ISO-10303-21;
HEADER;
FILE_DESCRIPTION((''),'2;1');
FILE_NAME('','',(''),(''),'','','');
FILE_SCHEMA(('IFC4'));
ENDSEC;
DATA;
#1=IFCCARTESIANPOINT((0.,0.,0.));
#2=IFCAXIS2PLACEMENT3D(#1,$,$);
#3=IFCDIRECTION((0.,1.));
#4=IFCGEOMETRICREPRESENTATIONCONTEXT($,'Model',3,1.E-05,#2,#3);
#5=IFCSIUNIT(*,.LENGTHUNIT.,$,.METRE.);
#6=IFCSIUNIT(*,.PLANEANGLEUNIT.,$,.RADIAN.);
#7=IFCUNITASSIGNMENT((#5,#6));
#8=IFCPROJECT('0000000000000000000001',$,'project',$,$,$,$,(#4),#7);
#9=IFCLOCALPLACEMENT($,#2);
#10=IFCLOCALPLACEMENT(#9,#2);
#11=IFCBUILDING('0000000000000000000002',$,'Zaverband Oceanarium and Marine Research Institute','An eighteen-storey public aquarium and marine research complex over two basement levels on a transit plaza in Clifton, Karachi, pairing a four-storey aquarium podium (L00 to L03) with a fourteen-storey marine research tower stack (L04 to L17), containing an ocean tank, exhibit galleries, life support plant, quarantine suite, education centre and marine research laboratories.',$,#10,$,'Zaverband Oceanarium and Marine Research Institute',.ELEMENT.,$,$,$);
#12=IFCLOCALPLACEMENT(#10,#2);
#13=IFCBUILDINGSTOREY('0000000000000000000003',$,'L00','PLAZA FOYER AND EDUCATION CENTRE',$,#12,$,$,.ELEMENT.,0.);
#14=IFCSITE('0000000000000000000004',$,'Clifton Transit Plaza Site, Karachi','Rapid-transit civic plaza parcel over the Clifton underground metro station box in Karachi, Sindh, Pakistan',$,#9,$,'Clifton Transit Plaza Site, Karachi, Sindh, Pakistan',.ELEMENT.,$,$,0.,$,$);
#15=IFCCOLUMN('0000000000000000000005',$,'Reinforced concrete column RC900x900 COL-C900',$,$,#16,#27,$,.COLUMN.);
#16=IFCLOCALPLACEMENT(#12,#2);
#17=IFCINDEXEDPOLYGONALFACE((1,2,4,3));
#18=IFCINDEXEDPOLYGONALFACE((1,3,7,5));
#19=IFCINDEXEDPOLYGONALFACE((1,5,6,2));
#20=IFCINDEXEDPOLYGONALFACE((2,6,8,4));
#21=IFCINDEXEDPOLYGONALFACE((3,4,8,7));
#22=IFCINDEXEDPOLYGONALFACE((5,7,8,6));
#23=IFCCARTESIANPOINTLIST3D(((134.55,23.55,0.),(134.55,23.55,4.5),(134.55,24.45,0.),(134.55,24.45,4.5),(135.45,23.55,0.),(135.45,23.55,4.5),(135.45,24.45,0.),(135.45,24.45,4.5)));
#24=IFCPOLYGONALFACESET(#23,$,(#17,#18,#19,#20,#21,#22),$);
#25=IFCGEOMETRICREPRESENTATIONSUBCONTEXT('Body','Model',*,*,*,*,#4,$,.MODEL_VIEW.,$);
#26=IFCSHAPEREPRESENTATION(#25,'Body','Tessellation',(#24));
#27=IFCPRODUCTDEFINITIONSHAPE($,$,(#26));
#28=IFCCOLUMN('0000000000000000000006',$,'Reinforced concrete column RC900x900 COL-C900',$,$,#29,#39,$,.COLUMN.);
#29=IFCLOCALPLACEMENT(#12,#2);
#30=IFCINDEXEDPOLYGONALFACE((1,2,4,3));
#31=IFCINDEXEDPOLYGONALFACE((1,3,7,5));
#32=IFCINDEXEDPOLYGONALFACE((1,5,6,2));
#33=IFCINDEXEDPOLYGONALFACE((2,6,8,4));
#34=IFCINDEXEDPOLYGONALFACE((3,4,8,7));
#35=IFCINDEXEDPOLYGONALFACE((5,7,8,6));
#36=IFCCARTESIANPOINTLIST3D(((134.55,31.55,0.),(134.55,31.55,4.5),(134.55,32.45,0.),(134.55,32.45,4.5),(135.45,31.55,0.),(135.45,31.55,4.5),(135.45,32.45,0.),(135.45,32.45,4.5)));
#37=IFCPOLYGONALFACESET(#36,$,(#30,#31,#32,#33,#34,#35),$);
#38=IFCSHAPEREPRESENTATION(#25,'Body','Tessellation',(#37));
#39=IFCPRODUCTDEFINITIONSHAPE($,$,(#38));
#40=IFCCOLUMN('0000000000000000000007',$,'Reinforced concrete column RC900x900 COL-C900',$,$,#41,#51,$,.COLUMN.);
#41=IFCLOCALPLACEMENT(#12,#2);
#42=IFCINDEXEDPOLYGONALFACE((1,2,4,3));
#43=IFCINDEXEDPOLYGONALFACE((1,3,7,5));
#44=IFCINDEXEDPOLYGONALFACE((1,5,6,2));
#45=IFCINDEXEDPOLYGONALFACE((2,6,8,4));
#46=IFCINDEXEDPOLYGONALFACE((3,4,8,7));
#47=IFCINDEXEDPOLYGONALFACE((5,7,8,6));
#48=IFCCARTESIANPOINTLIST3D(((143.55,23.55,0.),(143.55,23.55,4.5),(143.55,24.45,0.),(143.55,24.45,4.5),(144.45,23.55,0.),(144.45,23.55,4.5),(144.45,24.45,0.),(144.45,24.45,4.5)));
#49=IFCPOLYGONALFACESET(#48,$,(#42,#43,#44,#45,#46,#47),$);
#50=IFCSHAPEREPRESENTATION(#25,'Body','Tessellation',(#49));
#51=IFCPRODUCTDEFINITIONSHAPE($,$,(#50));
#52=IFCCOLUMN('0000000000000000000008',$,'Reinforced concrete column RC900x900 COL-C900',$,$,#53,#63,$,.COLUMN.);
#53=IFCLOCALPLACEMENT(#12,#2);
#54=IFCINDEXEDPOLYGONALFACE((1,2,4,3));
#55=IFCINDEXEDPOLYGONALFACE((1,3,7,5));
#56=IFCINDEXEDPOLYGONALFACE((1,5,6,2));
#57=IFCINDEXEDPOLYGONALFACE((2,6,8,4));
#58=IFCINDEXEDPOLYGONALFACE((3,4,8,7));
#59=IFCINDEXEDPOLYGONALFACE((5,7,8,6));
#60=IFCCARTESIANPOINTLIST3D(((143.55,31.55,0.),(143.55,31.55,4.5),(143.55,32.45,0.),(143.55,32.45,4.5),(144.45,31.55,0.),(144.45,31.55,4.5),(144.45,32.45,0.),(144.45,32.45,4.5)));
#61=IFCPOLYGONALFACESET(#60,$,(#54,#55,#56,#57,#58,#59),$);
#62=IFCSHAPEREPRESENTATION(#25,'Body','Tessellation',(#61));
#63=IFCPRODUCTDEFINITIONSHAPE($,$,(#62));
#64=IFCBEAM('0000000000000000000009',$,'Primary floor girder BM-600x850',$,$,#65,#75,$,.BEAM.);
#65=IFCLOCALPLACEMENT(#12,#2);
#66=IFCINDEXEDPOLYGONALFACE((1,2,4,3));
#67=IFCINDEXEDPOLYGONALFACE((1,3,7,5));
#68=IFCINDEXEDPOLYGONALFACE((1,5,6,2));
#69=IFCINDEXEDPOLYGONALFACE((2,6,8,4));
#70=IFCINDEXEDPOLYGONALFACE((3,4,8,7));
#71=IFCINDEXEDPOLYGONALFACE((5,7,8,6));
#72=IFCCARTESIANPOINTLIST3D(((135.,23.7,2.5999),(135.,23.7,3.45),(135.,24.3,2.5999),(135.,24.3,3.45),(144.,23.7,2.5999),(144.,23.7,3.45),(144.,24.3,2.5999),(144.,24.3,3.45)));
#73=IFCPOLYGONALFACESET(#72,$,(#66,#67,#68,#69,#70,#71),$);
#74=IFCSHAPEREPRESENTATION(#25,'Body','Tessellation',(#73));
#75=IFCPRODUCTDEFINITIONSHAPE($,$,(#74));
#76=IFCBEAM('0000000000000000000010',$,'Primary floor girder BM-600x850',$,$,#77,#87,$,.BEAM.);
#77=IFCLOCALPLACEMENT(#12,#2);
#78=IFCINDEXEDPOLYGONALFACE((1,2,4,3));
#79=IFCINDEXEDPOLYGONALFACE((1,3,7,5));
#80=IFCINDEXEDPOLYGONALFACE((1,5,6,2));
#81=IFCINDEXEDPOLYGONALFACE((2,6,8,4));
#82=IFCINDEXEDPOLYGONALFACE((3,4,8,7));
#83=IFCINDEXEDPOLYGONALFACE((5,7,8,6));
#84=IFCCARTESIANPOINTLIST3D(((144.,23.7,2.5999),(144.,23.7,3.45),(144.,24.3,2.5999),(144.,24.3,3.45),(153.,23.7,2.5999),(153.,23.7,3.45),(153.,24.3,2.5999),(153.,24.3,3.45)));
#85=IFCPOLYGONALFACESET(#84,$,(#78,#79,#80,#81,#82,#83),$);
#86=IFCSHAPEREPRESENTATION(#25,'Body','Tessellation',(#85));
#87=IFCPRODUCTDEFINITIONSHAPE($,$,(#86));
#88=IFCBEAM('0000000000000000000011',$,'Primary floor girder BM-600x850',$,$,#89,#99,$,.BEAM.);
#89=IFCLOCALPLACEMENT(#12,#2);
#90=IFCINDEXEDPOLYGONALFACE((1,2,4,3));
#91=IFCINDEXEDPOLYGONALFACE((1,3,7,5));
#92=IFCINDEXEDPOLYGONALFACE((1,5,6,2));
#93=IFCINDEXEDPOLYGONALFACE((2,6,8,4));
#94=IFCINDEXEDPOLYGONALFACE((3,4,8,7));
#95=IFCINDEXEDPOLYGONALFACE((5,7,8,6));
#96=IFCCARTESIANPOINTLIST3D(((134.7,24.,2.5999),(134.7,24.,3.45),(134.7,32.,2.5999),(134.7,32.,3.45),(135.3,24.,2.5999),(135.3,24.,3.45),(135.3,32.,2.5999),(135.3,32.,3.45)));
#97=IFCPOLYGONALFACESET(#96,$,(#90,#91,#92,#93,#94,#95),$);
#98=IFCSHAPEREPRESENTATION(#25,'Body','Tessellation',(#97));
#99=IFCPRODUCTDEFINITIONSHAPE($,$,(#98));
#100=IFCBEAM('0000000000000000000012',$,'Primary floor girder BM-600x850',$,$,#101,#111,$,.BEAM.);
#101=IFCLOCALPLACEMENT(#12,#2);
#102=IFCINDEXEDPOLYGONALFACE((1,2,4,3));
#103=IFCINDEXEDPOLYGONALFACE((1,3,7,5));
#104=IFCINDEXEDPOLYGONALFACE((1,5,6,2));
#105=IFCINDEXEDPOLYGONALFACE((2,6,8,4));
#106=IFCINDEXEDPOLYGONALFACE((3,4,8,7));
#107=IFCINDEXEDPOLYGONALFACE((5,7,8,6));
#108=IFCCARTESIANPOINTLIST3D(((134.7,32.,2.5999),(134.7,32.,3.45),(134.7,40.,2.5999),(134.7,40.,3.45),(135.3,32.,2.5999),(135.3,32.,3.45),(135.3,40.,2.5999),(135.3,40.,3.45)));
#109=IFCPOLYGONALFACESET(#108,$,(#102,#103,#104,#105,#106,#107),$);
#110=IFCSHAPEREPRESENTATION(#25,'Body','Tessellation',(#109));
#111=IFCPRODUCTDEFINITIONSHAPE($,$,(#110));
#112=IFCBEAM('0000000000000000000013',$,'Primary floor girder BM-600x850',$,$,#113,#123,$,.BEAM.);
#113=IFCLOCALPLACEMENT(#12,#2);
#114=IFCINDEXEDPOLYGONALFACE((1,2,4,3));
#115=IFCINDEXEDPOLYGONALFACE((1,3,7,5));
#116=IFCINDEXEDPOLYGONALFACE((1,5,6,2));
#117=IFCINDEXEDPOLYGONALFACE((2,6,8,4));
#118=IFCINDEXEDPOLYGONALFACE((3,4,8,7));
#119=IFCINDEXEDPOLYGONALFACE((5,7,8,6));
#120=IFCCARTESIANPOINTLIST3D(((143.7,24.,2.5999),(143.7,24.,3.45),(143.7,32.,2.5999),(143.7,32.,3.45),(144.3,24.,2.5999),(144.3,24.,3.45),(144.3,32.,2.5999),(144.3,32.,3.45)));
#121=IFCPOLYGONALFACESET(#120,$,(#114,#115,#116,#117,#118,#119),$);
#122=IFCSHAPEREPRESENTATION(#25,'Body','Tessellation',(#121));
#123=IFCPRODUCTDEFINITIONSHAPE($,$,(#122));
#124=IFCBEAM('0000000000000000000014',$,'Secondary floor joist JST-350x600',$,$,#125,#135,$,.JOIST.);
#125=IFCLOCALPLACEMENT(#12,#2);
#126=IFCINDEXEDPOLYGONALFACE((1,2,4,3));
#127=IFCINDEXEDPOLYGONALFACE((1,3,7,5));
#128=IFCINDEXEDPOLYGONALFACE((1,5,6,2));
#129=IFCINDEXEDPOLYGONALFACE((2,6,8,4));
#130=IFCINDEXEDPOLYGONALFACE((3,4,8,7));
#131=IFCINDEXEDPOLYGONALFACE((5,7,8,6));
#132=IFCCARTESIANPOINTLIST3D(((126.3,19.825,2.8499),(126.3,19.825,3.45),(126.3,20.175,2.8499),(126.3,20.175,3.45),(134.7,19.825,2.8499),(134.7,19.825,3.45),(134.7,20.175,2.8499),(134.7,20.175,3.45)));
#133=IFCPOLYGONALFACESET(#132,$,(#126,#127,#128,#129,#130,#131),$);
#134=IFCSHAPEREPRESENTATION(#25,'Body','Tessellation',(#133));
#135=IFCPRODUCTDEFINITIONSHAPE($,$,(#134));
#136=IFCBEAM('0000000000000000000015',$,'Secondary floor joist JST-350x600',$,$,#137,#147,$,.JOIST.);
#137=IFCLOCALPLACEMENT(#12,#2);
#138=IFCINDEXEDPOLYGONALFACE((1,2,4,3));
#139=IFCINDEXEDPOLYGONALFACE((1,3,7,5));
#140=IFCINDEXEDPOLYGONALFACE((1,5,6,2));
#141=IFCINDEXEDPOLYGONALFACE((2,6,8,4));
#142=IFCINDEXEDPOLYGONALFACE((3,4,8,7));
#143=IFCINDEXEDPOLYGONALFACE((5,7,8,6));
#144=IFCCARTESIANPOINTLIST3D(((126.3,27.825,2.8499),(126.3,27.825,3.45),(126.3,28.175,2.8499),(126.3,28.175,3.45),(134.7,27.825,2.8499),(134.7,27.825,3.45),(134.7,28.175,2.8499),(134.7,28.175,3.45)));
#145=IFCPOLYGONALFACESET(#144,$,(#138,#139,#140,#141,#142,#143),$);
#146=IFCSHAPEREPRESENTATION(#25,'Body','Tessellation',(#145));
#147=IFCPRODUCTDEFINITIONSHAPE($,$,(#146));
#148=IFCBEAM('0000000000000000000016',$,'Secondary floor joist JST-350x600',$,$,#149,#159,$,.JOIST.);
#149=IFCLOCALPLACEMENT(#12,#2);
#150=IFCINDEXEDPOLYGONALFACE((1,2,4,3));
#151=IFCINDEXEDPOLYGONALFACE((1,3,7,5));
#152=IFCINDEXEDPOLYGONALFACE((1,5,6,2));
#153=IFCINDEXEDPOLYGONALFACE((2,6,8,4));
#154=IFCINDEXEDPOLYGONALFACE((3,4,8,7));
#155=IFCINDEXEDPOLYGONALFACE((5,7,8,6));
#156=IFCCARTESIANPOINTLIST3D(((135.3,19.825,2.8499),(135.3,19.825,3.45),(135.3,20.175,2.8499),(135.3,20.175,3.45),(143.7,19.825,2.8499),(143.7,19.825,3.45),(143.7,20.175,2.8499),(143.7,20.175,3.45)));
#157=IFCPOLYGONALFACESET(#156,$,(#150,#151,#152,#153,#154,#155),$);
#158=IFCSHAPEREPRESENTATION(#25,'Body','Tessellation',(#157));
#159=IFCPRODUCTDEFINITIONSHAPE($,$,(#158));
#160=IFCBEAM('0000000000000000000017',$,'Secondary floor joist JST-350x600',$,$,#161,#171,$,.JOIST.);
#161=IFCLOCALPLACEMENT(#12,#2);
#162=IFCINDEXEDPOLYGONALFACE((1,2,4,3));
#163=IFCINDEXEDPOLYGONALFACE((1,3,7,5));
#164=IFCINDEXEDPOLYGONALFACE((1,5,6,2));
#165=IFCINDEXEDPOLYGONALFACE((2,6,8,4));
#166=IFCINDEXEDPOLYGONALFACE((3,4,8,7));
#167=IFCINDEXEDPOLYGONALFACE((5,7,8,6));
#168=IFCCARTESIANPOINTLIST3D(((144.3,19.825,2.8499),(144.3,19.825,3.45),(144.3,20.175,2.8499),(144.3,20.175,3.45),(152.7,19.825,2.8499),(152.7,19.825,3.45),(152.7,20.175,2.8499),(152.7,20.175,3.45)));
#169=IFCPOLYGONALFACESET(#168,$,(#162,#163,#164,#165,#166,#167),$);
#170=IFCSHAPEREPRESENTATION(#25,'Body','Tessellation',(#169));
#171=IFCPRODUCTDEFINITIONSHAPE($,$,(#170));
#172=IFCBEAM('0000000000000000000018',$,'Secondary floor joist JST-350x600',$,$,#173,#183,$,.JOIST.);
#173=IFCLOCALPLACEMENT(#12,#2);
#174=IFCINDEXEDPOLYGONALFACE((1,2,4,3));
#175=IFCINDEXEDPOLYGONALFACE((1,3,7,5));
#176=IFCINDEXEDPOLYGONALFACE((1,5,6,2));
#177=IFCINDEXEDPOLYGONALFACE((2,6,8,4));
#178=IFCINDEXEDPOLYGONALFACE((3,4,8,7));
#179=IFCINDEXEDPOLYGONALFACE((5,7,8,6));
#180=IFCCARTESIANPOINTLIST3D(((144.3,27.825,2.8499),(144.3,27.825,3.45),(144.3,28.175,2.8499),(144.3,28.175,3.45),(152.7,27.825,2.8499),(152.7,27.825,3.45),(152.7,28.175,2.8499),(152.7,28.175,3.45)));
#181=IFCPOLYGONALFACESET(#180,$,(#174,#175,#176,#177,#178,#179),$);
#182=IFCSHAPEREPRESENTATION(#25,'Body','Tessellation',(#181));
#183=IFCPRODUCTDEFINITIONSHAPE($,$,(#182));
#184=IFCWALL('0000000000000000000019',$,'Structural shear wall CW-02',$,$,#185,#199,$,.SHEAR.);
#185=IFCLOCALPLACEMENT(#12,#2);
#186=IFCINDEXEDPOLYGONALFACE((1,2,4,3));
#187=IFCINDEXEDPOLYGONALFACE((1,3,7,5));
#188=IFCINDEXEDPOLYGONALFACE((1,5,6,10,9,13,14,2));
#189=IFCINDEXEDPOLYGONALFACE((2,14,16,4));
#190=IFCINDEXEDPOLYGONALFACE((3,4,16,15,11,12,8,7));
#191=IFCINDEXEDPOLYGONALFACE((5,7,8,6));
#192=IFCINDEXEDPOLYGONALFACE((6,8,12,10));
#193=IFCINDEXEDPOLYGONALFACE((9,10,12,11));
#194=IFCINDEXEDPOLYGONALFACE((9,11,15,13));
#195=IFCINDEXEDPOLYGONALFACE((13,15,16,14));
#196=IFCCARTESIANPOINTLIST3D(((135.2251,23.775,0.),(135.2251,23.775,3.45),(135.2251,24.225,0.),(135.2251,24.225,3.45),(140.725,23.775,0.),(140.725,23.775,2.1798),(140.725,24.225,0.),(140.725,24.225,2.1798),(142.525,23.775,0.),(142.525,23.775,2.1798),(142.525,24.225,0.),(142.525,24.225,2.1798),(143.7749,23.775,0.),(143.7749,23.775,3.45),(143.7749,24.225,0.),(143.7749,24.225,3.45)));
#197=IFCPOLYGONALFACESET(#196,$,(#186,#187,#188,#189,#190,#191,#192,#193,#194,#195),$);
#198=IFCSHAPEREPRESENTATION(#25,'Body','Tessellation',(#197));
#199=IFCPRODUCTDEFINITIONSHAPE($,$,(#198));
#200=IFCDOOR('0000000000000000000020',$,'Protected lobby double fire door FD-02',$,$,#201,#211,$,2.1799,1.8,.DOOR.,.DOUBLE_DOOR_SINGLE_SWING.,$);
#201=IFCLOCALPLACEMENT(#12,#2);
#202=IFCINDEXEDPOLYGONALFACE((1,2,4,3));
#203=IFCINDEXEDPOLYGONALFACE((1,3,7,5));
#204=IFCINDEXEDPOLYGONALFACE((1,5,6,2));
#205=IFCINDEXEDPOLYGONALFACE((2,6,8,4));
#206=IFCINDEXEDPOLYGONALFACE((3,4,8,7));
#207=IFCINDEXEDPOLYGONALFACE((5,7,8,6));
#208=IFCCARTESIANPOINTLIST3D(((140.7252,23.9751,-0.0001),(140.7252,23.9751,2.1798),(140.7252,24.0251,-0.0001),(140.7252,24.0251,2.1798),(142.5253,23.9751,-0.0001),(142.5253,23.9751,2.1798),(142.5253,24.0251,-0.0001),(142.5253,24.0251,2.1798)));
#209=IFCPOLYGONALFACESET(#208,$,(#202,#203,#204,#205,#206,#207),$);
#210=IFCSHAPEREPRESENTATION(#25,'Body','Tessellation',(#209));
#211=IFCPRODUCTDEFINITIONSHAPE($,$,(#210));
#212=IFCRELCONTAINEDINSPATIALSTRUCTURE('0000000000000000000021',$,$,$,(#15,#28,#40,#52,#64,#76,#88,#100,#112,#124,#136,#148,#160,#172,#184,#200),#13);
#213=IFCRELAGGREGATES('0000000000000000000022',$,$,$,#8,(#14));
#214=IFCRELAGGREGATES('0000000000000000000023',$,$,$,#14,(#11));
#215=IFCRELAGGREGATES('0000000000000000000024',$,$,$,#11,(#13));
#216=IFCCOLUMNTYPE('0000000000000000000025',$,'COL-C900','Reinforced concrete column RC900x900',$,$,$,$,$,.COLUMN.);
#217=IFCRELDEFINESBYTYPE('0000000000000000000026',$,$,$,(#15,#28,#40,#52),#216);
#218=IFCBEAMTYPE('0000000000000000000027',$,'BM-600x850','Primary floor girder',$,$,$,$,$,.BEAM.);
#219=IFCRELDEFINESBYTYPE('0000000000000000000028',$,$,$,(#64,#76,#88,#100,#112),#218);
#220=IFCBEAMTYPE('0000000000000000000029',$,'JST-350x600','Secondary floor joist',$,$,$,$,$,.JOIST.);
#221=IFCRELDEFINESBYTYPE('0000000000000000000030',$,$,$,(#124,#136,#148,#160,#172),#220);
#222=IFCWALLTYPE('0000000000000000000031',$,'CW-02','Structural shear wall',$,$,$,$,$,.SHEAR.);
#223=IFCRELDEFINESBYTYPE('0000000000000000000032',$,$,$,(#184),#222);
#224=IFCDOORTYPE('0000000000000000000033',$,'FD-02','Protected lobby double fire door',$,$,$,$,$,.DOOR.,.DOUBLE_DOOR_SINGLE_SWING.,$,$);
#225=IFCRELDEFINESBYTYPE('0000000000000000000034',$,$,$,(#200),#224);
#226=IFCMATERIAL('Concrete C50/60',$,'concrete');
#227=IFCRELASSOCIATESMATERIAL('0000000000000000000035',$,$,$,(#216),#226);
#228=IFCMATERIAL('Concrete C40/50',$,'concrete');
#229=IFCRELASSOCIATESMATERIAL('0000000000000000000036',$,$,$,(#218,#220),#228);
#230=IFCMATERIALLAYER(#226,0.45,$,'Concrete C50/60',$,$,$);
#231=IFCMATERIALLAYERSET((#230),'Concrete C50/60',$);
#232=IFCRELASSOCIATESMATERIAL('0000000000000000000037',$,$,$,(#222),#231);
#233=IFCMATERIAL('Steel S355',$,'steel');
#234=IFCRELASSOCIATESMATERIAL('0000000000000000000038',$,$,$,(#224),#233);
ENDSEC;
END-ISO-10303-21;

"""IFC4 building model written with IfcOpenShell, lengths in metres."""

from ifc_helpers import new_model, si_unit, direction, frame, frame_2d, origin, origin_2d, place, context, subcontext, project, spatial, rectangle, extrude, material, layer, layer_set, material_profile, profile_set, type_object, element, fill, save


model = new_model("IFC4")

# Units and contexts
model_context = context("Model", 3, precision=1e-05, world=origin(), true_north=direction((0.0, 1.0)))
body_context = subcontext(model_context, "Body", "Model", "MODEL_VIEW")
ifc_project = project(units=[si_unit("LENGTHUNIT", "METRE"), si_unit("PLANEANGLEUNIT", "RADIAN")], contexts=[model_context])

# Site, building, storey
site_placement = place(None, origin())
site = spatial("IfcSite", under=ifc_project, at=site_placement, Name="Clifton Transit Plaza Site, Karachi", Description="Rapid-transit civic plaza parcel over the Clifton underground metro station box in Karachi, Sindh, Pakistan", LongName="Clifton Transit Plaza Site, Karachi, Sindh, Pakistan", CompositionType="ELEMENT", RefElevation=0.0)
building_placement = place(site_placement, origin())
building = spatial("IfcBuilding", under=site, at=building_placement, Name="Zaverband Oceanarium and Marine Research Institute", Description="An eighteen-storey public aquarium and marine research complex over two basement levels on a transit plaza in Clifton, Karachi, pairing a four-storey aquarium podium (L00 to L03) with a fourteen-storey marine research tower stack (L04 to L17), containing an ocean tank, exhibit galleries, life support plant, quarantine suite, education centre and marine research laboratories.", LongName="Zaverband Oceanarium and Marine Research Institute", CompositionType="ELEMENT")
storey_placement = place(building_placement, origin())
storey = spatial("IfcBuildingStorey", under=building, at=storey_placement, Name="L00", Description="PLAZA FOYER AND EDUCATION CENTRE", CompositionType="ELEMENT", Elevation=0.0)

# Columns
ifc_material_1 = material(Name="Concrete C50/60", Category="concrete")
ifc_material_profile_1 = material_profile(ifc_material_1, rectangle(XDim=0.8999, YDim=0.8999, at=origin_2d()), Name="RC900x900")
ifc_profile_set_1 = profile_set([ifc_material_profile_1], Name="Concrete C50/60")
column_type = type_object("IfcColumnType", Name="COL-C900", Description="Reinforced concrete column RC900x900", PredefinedType="COLUMN", material=ifc_profile_set_1)
for number, where, z_axis, x_axis, name in (
    (1, (135.0, 24.0, 0.0), (0.0, 0.0, 1.0), (1.0, 0.0, 0.0), "Reinforced concrete column RC900x900 COL-C900"),
    (2, (135.0, 32.0, 0.0), (0.0, 0.0, 1.0), (1.0, 0.0, 0.0), "Reinforced concrete column RC900x900 COL-C900"),
    (3, (144.0, 24.0, 0.0), (0.0, 0.0, 1.0), (1.0, 0.0, 0.0), "Reinforced concrete column RC900x900 COL-C900"),
    (4, (144.0, 32.0, 0.0), (0.0, 0.0, 1.0), (1.0, 0.0, 0.0), "Reinforced concrete column RC900x900 COL-C900"),
):
    element("IfcColumn", number, at=place(storey_placement, frame(where, z_axis=z_axis, x_axis=x_axis)), inside=storey, type_object=column_type, Name=name, PredefinedType="COLUMN", context=body_context, shape_type="SweptSolid", body=[
        extrude(rectangle(XDim=0.8999, YDim=0.8999, at=origin_2d()), origin(), (0.0, 0.0, 1.0), 4.5),
    ])

# Beams
ifc_material_2 = material(Name="Concrete C40/50", Category="concrete")
ifc_material_profile_2 = material_profile(ifc_material_2, rectangle(XDim=0.6001, YDim=0.8501, at=origin_2d()), Name="RC600x850")
ifc_profile_set_2 = profile_set([ifc_material_profile_2], Name="Concrete C40/50")
beam_type_1 = type_object("IfcBeamType", Name="BM-600x850", Description="Primary floor girder", PredefinedType="BEAM", material=ifc_profile_set_2)
for number, where, z_axis, x_axis, name in (
    (5, (135.0, 24.0, 3.0249), (1.0, 0.0, 0.0), (0.0, 1.0, 0.0), "Primary floor girder BM-600x850"),
    (6, (144.0, 24.0, 3.0249), (1.0, 0.0, 0.0), (0.0, 1.0, 0.0), "Primary floor girder BM-600x850"),
):
    element("IfcBeam", number, at=place(storey_placement, frame(where, z_axis=z_axis, x_axis=x_axis)), inside=storey, type_object=beam_type_1, Name=name, PredefinedType="BEAM", context=body_context, shape_type="SweptSolid", body=[
        extrude(rectangle(XDim=0.6001, YDim=0.8501, at=origin_2d()), origin(), (0.0, 0.0, 1.0), 9.0),
    ])
for number, where, z_axis, x_axis, name in (
    (7, (135.0, 24.0, 3.0249), (0.0, 1.0, 0.0), (-1.0, 0.0, 0.0), "Primary floor girder BM-600x850"),
    (8, (135.0, 32.0, 3.0249), (0.0, 1.0, 0.0), (-1.0, 0.0, 0.0), "Primary floor girder BM-600x850"),
    (9, (144.0, 24.0, 3.0249), (0.0, 1.0, 0.0), (-1.0, 0.0, 0.0), "Primary floor girder BM-600x850"),
):
    element("IfcBeam", number, at=place(storey_placement, frame(where, z_axis=z_axis, x_axis=x_axis)), inside=storey, type_object=beam_type_1, Name=name, PredefinedType="BEAM", context=body_context, shape_type="SweptSolid", body=[
        extrude(rectangle(XDim=0.6001, YDim=0.8501, at=origin_2d()), origin(), (0.0, 0.0, 1.0), 8.0),
    ])
ifc_material_profile_3 = material_profile(ifc_material_2, rectangle(XDim=0.3501, YDim=0.6001, at=origin_2d()), Name="RC350x600")
ifc_profile_set_3 = profile_set([ifc_material_profile_3], Name="Concrete C40/50")
beam_type_2 = type_object("IfcBeamType", Name="JST-350x600", Description="Secondary floor joist", PredefinedType="JOIST", material=ifc_profile_set_3)
for number, where, z_axis, x_axis, name in (
    (10, (126.3, 20.0, 3.1499), (1.0, 0.0, 0.0), (0.0, 1.0, 0.0), "Secondary floor joist JST-350x600"),
    (11, (126.3, 28.0, 3.1499), (1.0, 0.0, 0.0), (0.0, 1.0, 0.0), "Secondary floor joist JST-350x600"),
    (12, (135.3, 20.0, 3.1499), (1.0, 0.0, 0.0), (0.0, 1.0, 0.0), "Secondary floor joist JST-350x600"),
    (13, (144.3, 20.0, 3.1499), (1.0, 0.0, 0.0), (0.0, 1.0, 0.0), "Secondary floor joist JST-350x600"),
    (14, (144.3, 28.0, 3.1499), (1.0, 0.0, 0.0), (0.0, 1.0, 0.0), "Secondary floor joist JST-350x600"),
):
    element("IfcBeam", number, at=place(storey_placement, frame(where, z_axis=z_axis, x_axis=x_axis)), inside=storey, type_object=beam_type_2, Name=name, PredefinedType="JOIST", context=body_context, shape_type="SweptSolid", body=[
        extrude(rectangle(XDim=0.3501, YDim=0.6001, at=origin_2d()), origin(), (0.0, 0.0, 1.0), 8.3999),
    ])

# Wall, opening, door
ifc_layer_1 = layer(ifc_material_1, 0.45, Name="Concrete C50/60")
ifc_layer_set_1 = layer_set([ifc_layer_1], Name="Concrete C50/60")
wall_type_1 = type_object("IfcWallType", Name="CW-02", Description="Structural shear wall", PredefinedType="SHEAR", material=ifc_layer_set_1)
wall_1_placement = place(storey_placement, frame((135.2251, 24.0, 0.0), z_axis=(0.0, 0.0, 1.0), x_axis=(1.0, 0.0, 0.0)))
wall_1 = element("IfcWall", 15, at=wall_1_placement, inside=storey, type_object=wall_type_1, Name="Structural shear wall CW-02", PredefinedType="SHEAR", context=body_context, shape_type="SweptSolid", body=[
    extrude(rectangle(XDim=8.5498, YDim=0.45, at=frame_2d((4.2749, 0.0))), origin(), (0.0, 0.0, 1.0), 3.45),
])
opening_1_placement = place(wall_1_placement, frame((5.5, 0.0, 0.0)))
opening_1 = element("IfcOpeningElement", 16, at=opening_1_placement, cuts=wall_1, PredefinedType="OPENING", context=body_context, shape_type="SweptSolid", body=[
    extrude(rectangle(XDim=1.8, YDim=2.1799, at=frame_2d((0.8999, 1.0898))), frame((0.0, 0.2368, 0.0), z_axis=(0.0, -1.0, 0.0), x_axis=(1.0, 0.0, 0.0)), (0.0, 0.0, 1.0), 0.4739),
])
ifc_material_3 = material(Name="Steel S355", Category="steel")
door_type_1 = type_object("IfcDoorType", Name="FD-02", Description="Protected lobby double fire door", OperationType="DOUBLE_DOOR_SINGLE_SWING", PredefinedType="DOOR", material=ifc_material_3)
door_1_placement = place(opening_1_placement, frame((1.8, 0.0, 0.0), z_axis=(0.0, 0.0, 1.0), x_axis=(-1.0, 0.0, 0.0)))
door_1 = element("IfcDoor", 17, at=door_1_placement, inside=storey, type_object=door_type_1, Name="Protected lobby double fire door FD-02", OperationType="DOUBLE_DOOR_SINGLE_SWING", OverallHeight=2.1799, OverallWidth=1.8, PredefinedType="DOOR", context=body_context, shape_type="SweptSolid", body=[
    extrude(rectangle(XDim=1.8, YDim=2.1799, at=frame_2d((0.8999, 1.0898))), frame((0.0, 0.0249, 0.0), z_axis=(0.0, -1.0, 0.0), x_axis=(1.0, 0.0, 0.0)), (0.0, 0.0, 1.0), 0.05),
])
fill(opening_1, door_1)

save(model, "model.ifc")
